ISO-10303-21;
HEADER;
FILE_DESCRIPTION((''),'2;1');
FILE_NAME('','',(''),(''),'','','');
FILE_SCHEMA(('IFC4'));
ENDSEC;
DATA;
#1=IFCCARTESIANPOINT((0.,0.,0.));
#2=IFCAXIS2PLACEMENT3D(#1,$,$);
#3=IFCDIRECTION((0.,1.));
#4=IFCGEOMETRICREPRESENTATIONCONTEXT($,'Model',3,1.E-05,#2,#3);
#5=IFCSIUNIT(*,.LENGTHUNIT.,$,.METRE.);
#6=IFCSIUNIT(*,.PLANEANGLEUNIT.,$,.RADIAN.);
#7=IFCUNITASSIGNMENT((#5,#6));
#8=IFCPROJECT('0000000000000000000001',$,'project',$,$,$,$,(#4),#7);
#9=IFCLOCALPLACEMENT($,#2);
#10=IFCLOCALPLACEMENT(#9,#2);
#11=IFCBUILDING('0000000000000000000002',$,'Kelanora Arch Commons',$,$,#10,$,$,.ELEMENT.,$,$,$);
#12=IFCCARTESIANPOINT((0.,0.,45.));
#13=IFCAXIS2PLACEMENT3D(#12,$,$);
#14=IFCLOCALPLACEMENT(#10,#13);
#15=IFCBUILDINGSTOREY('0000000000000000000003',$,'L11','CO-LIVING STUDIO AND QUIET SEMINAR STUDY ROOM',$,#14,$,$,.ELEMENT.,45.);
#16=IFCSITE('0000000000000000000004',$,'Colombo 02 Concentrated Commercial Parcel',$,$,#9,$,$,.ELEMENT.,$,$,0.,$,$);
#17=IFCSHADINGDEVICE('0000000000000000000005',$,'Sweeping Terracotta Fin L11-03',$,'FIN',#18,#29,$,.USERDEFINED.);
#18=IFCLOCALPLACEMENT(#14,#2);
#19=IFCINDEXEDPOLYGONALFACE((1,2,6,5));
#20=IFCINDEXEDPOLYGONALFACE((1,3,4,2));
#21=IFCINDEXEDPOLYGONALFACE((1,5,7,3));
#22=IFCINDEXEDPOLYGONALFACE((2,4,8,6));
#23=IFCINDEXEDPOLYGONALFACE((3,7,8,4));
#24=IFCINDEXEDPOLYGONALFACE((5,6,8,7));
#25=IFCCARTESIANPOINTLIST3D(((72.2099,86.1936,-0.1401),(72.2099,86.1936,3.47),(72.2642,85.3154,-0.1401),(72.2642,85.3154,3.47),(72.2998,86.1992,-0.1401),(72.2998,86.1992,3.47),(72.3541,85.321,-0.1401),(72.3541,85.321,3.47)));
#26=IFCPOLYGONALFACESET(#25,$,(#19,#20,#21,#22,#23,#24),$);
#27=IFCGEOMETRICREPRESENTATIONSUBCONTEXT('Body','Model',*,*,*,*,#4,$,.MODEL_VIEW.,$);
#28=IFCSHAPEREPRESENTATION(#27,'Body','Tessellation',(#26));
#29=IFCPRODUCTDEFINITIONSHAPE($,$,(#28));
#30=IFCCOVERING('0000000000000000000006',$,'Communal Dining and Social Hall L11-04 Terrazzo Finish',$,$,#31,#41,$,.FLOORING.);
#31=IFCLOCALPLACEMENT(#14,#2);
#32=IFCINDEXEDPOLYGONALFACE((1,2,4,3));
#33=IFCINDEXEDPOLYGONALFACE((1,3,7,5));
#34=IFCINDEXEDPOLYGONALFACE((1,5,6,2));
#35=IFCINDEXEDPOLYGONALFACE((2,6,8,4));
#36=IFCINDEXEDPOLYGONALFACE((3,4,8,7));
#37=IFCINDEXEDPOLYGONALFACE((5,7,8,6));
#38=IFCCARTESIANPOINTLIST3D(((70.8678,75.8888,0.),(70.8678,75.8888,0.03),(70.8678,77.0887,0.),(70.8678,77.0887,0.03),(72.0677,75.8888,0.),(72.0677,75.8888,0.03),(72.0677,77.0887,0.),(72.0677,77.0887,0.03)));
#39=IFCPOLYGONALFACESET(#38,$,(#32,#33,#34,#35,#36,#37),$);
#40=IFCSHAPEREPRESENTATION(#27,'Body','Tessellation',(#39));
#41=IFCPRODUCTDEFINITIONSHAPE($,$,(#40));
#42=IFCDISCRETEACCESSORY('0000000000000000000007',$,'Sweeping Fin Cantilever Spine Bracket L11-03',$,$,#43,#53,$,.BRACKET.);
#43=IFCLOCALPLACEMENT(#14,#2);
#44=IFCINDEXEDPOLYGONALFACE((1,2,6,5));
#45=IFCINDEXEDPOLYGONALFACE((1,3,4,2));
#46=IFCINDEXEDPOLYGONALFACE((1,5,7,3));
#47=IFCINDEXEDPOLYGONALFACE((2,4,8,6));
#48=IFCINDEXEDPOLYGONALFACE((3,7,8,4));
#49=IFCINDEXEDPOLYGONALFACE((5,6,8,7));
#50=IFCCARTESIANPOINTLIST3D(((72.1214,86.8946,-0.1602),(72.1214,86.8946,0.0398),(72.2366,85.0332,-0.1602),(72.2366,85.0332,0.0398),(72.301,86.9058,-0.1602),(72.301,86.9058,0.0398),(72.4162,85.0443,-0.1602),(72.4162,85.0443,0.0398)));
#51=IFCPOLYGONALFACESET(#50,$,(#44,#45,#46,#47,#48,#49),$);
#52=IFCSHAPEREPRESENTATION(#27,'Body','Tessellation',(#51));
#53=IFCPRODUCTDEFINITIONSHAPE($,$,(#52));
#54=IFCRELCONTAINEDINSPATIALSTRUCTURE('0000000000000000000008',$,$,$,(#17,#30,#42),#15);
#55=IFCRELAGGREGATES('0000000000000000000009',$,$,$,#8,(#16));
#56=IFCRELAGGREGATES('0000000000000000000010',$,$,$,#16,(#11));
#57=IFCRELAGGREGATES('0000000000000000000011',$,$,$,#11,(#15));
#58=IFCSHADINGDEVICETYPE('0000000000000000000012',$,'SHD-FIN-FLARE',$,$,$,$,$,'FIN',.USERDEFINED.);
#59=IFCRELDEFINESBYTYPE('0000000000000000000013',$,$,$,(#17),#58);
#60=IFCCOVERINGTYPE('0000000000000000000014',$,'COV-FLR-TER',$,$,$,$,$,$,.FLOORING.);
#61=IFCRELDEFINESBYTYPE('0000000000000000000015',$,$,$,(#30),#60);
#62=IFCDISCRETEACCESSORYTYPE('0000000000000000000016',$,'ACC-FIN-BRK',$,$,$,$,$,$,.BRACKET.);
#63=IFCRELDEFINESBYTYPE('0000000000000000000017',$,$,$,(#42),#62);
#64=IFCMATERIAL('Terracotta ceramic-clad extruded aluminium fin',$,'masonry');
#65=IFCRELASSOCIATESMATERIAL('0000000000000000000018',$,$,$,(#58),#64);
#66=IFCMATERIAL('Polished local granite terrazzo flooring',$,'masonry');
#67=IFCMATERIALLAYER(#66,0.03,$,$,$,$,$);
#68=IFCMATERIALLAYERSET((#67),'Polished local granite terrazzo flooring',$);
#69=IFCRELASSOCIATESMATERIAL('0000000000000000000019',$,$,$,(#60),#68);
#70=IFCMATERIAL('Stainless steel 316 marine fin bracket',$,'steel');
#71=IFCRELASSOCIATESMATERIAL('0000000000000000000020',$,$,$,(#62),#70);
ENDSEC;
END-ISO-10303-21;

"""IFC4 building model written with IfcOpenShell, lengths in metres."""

from ifc_helpers import new_model, si_unit, direction, frame, origin, origin_2d, place, context, subcontext, project, spatial, rectangle, extrude, source, transform, mapped, material, layer, layer_set, type_object, element, save


model = new_model("IFC4")

# Units and contexts
model_context = context("Model", 3, precision=1e-05, world=origin(), true_north=direction((0.0, 1.0)))
body_context = subcontext(model_context, "Body", "Model", "MODEL_VIEW")
ifc_project = project(units=[si_unit("LENGTHUNIT", "METRE"), si_unit("PLANEANGLEUNIT", "RADIAN")], contexts=[model_context])

# Site, building, storey
site_placement = place(None, origin())
site = spatial("IfcSite", under=ifc_project, at=site_placement, Name="Colombo 02 Concentrated Commercial Parcel", CompositionType="ELEMENT", RefElevation=0.0)
building_placement = place(site_placement, origin())
building = spatial("IfcBuilding", under=site, at=building_placement, Name="Kelanora Arch Commons", CompositionType="ELEMENT")
storey_placement = place(building_placement, frame((0.0, 0.0, 45.0)))
storey = spatial("IfcBuildingStorey", under=building, at=storey_placement, Name="L11", Description="CO-LIVING STUDIO AND QUIET SEMINAR STUDY ROOM", CompositionType="ELEMENT", Elevation=45.0)

# Shading device
ifc_material_1 = material(Name="Terracotta ceramic-clad extruded aluminium fin", Category="masonry")
shading_device_type = type_object("IfcShadingDeviceType", Name="SHD-FIN-FLARE", ElementType="FIN", PredefinedType="USERDEFINED", material=ifc_material_1)
shared_shape_1 = source(origin(), body_context, "Body", "SweptSolid", [
    extrude(rectangle(XDim=0.8799, YDim=0.0901, at=origin_2d()), origin(), (0.0, 0.0, 1.0), 3.6101),
])
shading_device_placement = place(storey_placement, frame((72.282, 85.7573, -0.1401), z_axis=(0.0, 0.0, 1.0), x_axis=(-0.061745, 0.998092, 0.0)))
element("IfcShadingDevice", 1, at=shading_device_placement, inside=storey, type_object=shading_device_type, Name="Sweeping Terracotta Fin L11-03", ObjectType="FIN", PredefinedType="USERDEFINED", context=body_context, shape_type="MappedRepresentation", body=[
    mapped(shared_shape_1, transform((0.0, 0.0, 0.0), scale=1.0)),
])

# Covering
ifc_material_2 = material(Name="Polished local granite terrazzo flooring", Category="masonry")
ifc_layer_1 = layer(ifc_material_2, 0.03)
ifc_layer_set_1 = layer_set([ifc_layer_1], Name="Polished local granite terrazzo flooring")
covering_type = type_object("IfcCoveringType", Name="COV-FLR-TER", PredefinedType="FLOORING", material=ifc_layer_set_1)
shared_shape_2 = source(origin(), body_context, "Body", "SweptSolid", [
    extrude(rectangle(XDim=1.2, YDim=1.2, at=origin_2d()), origin(), (0.0, 0.0, 1.0), 0.03),
])
covering_placement = place(storey_placement, frame((71.4678, 76.4888, 0.0), z_axis=(0.0, 0.0, 1.0), x_axis=(1.0, 0.0, 0.0)))
element("IfcCovering", 2, at=covering_placement, inside=storey, type_object=covering_type, Name="Communal Dining and Social Hall L11-04 Terrazzo Finish", PredefinedType="FLOORING", context=body_context, shape_type="MappedRepresentation", body=[
    mapped(shared_shape_2, transform((0.0, 0.0, 0.0), scale=1.0)),
])

# Discrete accessory
ifc_material_3 = material(Name="Stainless steel 316 marine fin bracket", Category="steel")
discrete_accessory_type = type_object("IfcDiscreteAccessoryType", Name="ACC-FIN-BRK", PredefinedType="BRACKET", material=ifc_material_3)
shared_shape_3 = source(origin(), body_context, "Body", "SweptSolid", [
    extrude(rectangle(XDim=1.865, YDim=0.1799, at=origin_2d()), origin(), (0.0, 0.0, 1.0), 0.2),
])
discrete_accessory_placement = place(storey_placement, frame((72.2688, 85.9695, -0.1602), z_axis=(0.0, 0.0, 1.0), x_axis=(-0.061745, 0.998092, 0.0)))
element("IfcDiscreteAccessory", 3, at=discrete_accessory_placement, inside=storey, type_object=discrete_accessory_type, Name="Sweeping Fin Cantilever Spine Bracket L11-03", PredefinedType="BRACKET", context=body_context, shape_type="MappedRepresentation", body=[
    mapped(shared_shape_3, transform((0.0, 0.0, 0.0), scale=1.0)),
])

save(model, "model.ifc")
